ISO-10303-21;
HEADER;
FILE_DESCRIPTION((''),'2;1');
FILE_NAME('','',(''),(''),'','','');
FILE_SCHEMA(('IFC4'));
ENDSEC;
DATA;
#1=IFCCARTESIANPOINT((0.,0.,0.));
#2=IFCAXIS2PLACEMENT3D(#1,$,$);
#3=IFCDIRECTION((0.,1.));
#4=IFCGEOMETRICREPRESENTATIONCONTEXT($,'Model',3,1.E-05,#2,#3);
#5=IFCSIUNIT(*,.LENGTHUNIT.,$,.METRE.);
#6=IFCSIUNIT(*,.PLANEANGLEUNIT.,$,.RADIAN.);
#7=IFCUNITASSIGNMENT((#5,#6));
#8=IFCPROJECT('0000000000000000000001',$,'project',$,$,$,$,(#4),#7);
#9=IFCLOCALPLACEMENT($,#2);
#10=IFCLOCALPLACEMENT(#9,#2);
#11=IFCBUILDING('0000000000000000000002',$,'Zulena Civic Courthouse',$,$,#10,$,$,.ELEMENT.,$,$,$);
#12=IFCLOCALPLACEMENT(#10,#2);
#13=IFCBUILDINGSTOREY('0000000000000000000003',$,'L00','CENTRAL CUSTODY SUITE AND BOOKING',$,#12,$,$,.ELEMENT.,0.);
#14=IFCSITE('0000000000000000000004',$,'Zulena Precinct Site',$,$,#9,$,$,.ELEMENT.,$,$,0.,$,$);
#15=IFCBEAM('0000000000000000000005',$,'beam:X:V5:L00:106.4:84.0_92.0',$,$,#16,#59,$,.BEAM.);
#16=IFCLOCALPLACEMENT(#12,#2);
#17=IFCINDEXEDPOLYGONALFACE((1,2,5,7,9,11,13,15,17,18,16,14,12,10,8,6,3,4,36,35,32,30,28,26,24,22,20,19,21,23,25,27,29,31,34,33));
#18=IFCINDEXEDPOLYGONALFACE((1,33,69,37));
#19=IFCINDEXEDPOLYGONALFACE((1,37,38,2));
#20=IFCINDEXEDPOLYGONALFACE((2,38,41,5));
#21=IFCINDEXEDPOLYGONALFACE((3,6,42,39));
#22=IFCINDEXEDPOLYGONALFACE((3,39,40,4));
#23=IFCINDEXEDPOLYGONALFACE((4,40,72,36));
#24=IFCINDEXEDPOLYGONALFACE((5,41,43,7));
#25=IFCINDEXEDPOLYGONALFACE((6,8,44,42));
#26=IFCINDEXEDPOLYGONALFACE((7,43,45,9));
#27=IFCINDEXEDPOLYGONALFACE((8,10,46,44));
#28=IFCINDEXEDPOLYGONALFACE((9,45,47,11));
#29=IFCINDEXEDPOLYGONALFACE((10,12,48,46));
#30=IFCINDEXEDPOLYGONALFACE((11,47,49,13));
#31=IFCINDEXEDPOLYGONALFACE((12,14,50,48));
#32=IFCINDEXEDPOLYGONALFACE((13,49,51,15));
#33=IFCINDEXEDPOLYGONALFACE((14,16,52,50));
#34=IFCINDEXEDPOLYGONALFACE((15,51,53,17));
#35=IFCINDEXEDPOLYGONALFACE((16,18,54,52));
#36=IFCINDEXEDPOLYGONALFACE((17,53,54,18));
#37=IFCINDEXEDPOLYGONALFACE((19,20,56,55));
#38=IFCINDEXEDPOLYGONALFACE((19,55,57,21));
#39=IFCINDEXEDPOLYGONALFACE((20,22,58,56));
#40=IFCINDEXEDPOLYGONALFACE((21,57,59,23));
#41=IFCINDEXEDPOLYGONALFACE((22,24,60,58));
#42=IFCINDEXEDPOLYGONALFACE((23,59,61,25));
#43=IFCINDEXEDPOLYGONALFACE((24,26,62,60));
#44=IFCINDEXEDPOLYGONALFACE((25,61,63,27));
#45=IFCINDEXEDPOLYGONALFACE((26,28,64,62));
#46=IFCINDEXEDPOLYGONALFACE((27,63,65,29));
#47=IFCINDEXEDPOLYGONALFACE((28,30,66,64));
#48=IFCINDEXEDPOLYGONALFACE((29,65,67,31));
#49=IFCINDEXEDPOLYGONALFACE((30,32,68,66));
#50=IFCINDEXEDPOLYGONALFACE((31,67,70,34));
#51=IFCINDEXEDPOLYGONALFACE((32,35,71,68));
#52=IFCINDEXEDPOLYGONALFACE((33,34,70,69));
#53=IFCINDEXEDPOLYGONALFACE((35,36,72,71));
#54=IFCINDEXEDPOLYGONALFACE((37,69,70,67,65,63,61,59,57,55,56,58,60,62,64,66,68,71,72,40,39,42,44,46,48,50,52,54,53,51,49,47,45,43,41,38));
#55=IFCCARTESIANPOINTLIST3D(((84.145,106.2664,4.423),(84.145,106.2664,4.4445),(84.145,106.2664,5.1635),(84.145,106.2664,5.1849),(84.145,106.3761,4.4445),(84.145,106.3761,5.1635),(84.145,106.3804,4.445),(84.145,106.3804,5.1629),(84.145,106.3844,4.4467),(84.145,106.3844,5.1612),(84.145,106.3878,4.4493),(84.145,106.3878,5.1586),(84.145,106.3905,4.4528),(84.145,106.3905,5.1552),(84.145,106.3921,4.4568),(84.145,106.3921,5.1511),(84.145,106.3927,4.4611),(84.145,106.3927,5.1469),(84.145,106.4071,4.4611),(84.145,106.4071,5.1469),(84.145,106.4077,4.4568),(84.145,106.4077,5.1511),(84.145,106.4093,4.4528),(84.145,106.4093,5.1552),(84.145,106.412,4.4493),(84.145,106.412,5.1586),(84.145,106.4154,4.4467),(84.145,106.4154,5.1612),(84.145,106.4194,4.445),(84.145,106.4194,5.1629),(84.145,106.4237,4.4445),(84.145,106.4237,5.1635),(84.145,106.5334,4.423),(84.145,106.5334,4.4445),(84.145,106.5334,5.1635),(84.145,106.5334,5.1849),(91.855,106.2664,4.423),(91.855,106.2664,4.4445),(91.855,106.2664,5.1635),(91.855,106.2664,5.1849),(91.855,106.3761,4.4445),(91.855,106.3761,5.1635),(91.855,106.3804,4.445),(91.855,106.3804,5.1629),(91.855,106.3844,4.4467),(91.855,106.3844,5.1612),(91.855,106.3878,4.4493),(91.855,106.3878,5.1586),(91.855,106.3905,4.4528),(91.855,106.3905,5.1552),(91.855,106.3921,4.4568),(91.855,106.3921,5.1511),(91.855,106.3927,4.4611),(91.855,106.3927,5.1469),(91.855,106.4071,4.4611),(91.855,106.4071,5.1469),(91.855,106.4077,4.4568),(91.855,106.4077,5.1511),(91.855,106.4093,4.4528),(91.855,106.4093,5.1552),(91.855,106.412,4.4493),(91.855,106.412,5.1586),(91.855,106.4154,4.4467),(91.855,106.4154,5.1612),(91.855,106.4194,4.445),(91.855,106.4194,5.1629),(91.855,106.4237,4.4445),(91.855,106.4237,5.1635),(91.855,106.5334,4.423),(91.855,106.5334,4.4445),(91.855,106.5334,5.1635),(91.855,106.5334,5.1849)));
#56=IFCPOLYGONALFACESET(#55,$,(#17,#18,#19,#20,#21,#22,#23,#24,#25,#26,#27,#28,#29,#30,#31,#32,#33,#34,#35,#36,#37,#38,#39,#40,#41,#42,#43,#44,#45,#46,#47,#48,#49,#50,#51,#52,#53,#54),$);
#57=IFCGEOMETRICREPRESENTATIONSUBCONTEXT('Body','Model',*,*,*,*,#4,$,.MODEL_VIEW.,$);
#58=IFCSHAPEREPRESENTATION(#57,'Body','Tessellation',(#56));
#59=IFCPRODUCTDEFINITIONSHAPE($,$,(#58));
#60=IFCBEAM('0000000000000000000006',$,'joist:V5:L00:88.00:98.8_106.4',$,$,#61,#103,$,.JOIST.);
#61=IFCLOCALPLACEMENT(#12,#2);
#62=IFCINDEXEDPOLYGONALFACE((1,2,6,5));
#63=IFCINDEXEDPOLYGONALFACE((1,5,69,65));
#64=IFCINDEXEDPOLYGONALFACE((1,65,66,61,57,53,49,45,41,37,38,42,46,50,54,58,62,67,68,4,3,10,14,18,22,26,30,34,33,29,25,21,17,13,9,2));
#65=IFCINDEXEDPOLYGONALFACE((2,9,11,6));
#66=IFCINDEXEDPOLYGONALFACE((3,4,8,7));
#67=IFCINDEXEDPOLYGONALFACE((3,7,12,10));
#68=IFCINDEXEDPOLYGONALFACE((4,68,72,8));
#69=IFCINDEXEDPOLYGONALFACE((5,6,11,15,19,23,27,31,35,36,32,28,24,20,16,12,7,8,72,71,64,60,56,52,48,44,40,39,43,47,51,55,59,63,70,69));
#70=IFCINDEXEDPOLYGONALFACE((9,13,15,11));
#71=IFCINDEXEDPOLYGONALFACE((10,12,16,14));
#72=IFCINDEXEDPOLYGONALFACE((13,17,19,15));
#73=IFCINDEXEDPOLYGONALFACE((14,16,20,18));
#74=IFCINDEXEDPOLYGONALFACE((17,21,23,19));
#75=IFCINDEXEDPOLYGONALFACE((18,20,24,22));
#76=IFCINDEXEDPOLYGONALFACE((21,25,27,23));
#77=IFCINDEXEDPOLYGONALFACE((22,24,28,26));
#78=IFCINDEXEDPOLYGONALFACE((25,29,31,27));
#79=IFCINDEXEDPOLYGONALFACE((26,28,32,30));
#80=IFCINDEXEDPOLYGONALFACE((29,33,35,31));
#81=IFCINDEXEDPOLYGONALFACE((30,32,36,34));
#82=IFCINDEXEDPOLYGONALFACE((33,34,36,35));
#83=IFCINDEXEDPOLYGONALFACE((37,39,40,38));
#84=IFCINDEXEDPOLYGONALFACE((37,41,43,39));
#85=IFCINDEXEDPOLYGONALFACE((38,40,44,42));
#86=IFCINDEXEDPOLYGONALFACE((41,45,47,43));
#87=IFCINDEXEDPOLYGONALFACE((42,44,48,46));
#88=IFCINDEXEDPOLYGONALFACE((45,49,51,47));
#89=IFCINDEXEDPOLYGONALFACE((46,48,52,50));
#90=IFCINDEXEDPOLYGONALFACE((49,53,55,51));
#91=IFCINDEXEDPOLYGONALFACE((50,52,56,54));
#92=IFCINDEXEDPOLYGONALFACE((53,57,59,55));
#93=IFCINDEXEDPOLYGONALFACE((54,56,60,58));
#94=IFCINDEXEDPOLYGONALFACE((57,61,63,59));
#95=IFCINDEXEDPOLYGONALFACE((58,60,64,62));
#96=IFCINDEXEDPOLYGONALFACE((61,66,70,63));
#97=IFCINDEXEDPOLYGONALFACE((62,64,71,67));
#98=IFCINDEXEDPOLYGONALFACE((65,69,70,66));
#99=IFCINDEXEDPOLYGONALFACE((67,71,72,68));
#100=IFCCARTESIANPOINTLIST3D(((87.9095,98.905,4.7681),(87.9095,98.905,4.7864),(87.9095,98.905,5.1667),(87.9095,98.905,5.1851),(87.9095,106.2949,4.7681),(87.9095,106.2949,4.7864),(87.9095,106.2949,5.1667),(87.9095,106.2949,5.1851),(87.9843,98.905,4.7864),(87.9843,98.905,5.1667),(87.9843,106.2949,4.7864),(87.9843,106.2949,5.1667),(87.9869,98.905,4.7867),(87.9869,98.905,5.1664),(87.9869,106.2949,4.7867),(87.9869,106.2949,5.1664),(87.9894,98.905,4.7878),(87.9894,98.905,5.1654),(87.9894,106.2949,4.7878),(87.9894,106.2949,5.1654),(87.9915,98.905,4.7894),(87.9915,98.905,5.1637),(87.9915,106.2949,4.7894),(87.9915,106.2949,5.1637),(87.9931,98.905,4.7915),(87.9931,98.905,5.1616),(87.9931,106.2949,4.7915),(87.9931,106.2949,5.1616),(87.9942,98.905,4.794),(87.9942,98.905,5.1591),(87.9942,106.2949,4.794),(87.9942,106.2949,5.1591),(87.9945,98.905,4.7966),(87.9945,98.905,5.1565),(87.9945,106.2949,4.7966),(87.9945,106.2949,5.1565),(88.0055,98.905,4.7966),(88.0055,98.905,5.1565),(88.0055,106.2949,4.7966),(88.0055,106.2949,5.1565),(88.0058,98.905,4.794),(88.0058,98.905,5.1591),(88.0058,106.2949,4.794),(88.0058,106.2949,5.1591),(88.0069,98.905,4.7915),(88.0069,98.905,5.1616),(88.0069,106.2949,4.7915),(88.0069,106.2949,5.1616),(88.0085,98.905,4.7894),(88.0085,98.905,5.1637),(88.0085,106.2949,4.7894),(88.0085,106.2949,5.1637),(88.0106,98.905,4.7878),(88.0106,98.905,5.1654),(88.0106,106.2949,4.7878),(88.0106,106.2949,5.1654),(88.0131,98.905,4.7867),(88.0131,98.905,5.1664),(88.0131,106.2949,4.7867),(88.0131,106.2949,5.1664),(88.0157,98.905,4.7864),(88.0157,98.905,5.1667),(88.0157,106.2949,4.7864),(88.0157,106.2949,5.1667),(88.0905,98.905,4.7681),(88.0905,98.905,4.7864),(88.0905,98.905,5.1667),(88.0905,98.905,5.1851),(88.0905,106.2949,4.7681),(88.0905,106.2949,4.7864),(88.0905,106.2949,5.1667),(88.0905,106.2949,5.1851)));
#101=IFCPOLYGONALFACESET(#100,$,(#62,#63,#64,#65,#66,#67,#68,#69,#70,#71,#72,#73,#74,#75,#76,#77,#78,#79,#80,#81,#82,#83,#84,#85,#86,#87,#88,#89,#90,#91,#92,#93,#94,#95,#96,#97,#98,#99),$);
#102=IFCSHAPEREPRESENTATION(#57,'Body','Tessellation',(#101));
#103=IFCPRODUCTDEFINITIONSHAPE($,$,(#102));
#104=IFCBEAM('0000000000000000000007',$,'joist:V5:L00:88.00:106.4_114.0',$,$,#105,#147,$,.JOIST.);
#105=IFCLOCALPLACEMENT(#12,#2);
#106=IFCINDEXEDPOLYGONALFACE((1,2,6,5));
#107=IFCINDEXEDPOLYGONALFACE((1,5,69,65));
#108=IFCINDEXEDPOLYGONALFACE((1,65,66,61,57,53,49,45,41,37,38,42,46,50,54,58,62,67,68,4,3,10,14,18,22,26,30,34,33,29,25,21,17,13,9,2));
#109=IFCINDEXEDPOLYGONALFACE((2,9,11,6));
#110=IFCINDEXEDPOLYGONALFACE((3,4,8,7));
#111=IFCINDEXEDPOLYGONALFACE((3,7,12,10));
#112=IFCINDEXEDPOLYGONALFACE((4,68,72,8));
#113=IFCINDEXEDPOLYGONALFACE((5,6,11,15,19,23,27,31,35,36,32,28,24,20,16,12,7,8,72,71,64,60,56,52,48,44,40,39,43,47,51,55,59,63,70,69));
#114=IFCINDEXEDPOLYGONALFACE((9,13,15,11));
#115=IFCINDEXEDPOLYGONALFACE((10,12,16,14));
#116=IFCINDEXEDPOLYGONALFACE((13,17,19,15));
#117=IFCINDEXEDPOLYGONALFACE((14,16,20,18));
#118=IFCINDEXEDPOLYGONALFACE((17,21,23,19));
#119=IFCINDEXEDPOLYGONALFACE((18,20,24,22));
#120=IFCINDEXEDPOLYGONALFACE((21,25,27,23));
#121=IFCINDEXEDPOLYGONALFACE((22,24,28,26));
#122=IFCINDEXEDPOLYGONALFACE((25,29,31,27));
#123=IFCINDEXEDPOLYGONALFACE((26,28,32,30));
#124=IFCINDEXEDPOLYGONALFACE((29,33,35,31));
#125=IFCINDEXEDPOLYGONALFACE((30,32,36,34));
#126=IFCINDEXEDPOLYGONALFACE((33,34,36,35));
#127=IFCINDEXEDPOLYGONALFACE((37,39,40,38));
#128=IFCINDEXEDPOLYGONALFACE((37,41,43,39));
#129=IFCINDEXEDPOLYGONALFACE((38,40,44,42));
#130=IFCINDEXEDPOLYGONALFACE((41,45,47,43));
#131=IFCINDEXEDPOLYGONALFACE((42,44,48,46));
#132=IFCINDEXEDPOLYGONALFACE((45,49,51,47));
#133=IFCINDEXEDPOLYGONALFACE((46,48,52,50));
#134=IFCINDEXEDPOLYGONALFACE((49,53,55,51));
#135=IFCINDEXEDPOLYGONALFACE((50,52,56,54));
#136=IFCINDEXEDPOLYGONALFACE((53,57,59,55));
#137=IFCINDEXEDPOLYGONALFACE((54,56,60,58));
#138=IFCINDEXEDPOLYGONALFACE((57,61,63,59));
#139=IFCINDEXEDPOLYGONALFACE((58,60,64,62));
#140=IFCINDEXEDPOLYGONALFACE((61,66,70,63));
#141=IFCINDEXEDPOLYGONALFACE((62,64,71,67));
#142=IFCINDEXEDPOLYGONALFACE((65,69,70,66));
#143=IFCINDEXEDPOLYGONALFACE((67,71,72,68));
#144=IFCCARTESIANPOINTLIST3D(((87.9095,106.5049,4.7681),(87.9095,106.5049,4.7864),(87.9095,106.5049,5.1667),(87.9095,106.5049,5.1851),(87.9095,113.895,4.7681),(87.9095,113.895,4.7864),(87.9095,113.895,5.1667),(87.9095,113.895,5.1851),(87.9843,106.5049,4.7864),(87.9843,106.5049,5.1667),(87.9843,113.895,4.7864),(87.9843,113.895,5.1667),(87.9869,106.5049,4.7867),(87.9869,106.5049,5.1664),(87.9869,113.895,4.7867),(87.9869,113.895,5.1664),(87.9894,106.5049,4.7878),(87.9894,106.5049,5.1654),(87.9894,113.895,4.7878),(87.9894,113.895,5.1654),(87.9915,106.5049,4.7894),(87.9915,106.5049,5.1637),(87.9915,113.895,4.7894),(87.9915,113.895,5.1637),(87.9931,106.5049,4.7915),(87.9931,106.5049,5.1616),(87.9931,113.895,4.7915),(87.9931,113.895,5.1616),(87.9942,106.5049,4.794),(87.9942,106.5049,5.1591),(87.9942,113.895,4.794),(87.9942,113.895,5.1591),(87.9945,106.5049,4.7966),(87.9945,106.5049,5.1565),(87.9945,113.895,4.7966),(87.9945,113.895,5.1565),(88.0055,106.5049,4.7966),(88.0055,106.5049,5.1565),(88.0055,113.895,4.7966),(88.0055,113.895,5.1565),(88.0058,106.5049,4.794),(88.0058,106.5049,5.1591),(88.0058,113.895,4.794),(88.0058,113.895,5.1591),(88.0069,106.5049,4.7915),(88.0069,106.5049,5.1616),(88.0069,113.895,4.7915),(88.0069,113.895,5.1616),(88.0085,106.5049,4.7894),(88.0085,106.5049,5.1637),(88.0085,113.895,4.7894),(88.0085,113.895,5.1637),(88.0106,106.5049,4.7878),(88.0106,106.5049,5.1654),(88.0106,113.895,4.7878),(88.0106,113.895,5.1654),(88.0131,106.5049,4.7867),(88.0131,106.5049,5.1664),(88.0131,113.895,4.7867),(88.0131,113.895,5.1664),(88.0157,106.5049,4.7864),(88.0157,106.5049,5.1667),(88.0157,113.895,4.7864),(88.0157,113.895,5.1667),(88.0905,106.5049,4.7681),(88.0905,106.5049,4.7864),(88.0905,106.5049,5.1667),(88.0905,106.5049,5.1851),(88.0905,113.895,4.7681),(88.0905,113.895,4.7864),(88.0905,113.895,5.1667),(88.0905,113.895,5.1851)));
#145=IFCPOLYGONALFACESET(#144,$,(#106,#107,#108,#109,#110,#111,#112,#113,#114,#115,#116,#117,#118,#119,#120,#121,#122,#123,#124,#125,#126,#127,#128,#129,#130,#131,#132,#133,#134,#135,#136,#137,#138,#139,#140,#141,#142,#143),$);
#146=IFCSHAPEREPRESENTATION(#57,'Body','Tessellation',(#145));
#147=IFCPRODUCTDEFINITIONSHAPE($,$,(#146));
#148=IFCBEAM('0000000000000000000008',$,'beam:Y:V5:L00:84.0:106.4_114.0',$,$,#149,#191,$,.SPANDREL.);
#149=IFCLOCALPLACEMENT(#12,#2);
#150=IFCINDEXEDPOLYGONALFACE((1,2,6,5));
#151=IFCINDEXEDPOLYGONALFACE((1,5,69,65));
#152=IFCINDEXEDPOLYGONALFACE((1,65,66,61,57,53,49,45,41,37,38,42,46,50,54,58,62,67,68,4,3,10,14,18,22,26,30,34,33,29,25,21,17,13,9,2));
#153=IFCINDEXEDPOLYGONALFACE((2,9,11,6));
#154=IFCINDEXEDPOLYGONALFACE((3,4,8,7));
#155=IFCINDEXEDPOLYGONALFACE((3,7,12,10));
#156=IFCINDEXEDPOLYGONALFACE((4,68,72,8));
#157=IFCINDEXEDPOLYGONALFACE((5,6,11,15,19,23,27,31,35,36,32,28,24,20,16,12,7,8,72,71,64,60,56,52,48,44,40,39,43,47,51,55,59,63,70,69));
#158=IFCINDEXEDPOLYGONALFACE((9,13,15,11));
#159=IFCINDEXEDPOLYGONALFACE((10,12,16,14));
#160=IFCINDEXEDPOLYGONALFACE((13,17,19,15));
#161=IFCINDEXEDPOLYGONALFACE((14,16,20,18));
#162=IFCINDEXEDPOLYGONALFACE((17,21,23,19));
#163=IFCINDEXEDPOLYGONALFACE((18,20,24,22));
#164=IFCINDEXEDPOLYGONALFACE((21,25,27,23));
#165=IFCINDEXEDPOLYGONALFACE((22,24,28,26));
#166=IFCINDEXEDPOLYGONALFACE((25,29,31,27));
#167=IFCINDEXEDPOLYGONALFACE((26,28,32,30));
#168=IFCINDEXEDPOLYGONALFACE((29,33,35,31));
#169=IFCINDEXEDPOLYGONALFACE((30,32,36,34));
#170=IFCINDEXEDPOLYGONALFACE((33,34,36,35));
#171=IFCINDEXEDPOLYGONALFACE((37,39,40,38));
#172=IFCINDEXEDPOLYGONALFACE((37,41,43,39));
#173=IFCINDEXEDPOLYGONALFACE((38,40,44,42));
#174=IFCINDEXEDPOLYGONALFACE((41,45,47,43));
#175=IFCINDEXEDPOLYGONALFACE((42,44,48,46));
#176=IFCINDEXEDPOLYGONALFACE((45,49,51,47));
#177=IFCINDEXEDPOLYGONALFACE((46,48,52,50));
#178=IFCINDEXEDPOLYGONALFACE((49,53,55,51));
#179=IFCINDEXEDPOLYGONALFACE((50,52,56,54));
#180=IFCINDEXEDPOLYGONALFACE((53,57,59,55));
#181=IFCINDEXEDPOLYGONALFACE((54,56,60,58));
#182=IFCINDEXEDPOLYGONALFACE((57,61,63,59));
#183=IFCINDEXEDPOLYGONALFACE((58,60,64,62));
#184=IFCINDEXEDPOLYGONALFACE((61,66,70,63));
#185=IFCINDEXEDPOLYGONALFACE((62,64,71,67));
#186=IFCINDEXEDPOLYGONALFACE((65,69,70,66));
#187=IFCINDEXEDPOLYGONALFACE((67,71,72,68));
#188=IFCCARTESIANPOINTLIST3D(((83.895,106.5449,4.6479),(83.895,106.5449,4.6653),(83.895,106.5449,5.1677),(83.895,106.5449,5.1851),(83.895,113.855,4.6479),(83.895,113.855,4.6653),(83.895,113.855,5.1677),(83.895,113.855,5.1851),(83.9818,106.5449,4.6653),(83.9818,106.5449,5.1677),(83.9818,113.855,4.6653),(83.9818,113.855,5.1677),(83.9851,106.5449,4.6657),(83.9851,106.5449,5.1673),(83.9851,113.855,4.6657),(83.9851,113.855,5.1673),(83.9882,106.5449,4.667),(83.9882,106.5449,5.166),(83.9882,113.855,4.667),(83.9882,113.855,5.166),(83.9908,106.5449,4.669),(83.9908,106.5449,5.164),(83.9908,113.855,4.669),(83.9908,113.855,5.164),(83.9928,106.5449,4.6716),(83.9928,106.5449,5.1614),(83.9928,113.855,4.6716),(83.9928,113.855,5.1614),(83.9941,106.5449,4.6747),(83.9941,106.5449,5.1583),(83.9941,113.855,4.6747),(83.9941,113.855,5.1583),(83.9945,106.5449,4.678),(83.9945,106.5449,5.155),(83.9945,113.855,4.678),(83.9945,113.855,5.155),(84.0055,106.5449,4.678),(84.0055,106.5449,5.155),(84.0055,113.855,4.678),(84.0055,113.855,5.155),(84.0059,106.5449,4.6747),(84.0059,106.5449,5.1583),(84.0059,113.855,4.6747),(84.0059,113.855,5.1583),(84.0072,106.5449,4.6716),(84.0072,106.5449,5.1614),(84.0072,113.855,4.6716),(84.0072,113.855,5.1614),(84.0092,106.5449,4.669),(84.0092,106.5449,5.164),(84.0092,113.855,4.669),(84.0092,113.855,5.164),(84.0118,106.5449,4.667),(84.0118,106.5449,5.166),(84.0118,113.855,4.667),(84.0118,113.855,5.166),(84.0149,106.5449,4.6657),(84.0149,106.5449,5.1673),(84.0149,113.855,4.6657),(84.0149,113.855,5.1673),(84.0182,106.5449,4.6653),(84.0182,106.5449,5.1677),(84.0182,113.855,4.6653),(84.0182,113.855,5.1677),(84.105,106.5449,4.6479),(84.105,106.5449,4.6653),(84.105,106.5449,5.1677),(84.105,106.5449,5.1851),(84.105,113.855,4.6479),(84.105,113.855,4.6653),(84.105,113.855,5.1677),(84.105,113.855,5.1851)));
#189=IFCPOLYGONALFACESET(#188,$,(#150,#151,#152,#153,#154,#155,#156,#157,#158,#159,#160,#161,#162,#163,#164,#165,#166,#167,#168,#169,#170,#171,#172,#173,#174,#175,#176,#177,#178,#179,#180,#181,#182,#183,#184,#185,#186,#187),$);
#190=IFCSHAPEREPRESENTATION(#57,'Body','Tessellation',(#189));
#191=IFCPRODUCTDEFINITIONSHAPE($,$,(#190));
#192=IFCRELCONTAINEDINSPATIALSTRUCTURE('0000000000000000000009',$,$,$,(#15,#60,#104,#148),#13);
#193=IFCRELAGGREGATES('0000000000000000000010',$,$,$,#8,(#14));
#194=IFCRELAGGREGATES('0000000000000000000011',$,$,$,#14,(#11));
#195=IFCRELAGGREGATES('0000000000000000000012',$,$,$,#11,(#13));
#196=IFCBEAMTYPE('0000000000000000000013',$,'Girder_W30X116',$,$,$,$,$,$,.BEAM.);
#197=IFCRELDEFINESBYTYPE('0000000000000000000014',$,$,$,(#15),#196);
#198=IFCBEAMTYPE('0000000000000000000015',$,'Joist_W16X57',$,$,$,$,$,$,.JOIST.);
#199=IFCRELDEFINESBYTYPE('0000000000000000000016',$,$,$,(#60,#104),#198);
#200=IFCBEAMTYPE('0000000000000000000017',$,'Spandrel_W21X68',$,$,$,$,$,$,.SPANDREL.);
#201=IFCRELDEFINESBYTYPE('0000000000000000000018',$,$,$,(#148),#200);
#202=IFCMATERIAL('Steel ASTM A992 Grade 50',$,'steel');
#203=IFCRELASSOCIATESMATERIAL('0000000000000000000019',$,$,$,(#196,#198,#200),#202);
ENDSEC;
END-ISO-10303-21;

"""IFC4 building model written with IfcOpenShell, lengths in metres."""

from ifc_helpers import new_model, si_unit, direction, frame, origin, origin_2d, place, context, subcontext, project, spatial, i_section, extrude, material, material_profile, profile_set, type_object, element, save


model = new_model("IFC4")

# Units and contexts
model_context = context("Model", 3, precision=1e-05, world=origin(), true_north=direction((0.0, 1.0)))
body_context = subcontext(model_context, "Body", "Model", "MODEL_VIEW")
ifc_project = project(units=[si_unit("LENGTHUNIT", "METRE"), si_unit("PLANEANGLEUNIT", "RADIAN")], contexts=[model_context])

# Site, building, storey
site_placement = place(None, origin())
site = spatial("IfcSite", under=ifc_project, at=site_placement, Name="Zulena Precinct Site", CompositionType="ELEMENT", RefElevation=0.0)
building_placement = place(site_placement, origin())
building = spatial("IfcBuilding", under=site, at=building_placement, Name="Zulena Civic Courthouse", CompositionType="ELEMENT")
storey_placement = place(building_placement, origin())
storey = spatial("IfcBuildingStorey", under=building, at=storey_placement, Name="L00", Description="CENTRAL CUSTODY SUITE AND BOOKING", CompositionType="ELEMENT", Elevation=0.0)

# Shared definitions
ifc_material_1 = material(Name="Steel ASTM A992 Grade 50", Category="steel")

# Beams
ifc_material_profile_1 = material_profile(ifc_material_1, i_section(OverallWidth=0.2671, OverallDepth=0.762, WebThickness=0.0144, FlangeThickness=0.0215, FilletRadius=0.0166, at=origin_2d()), Name="W30X116")
ifc_profile_set_1 = profile_set([ifc_material_profile_1], Name="Steel ASTM A992 Grade 50")
beam_type_1 = type_object("IfcBeamType", Name="Girder_W30X116", PredefinedType="BEAM", material=ifc_profile_set_1)
for number, where, z_axis, x_axis, name in (
    (1, (84.145, 106.3999, 4.804), (1.0, 0.0, 0.0), (0.0, 1.0, 0.0), "beam:X:V5:L00:106.4:84.0_92.0"),
):
    element("IfcBeam", number, at=place(storey_placement, frame(where, z_axis=z_axis, x_axis=x_axis)), inside=storey, type_object=beam_type_1, Name=name, PredefinedType="BEAM", context=body_context, shape_type="SweptSolid", body=[
        extrude(i_section(OverallWidth=0.2671, OverallDepth=0.762, WebThickness=0.0144, FlangeThickness=0.0215, FilletRadius=0.0166, at=origin_2d()), origin(), (0.0, 0.0, 1.0), 7.71),
    ])
ifc_material_profile_2 = material_profile(ifc_material_1, i_section(OverallWidth=0.1809, OverallDepth=0.417, WebThickness=0.011, FlangeThickness=0.0183, FilletRadius=0.0103, at=origin_2d()), Name="W16X57")
ifc_profile_set_2 = profile_set([ifc_material_profile_2], Name="Steel ASTM A992 Grade 50")
beam_type_2 = type_object("IfcBeamType", Name="Joist_W16X57", PredefinedType="JOIST", material=ifc_profile_set_2)
beam_1_placement = place(storey_placement, frame((88.0, 98.905, 4.9766), z_axis=(0.0, 1.0, 0.0), x_axis=(-1.0, 0.0, 0.0)))
element("IfcBeam", 2, at=beam_1_placement, inside=storey, type_object=beam_type_2, Name="joist:V5:L00:88.00:98.8_106.4", PredefinedType="JOIST", context=body_context, shape_type="SweptSolid", body=[
    extrude(i_section(OverallWidth=0.1809, OverallDepth=0.417, WebThickness=0.011, FlangeThickness=0.0183, FilletRadius=0.0103, at=origin_2d()), origin(), (0.0, 0.0, 1.0), 7.3899),
])
beam_2_placement = place(storey_placement, frame((88.0, 106.5049, 4.9766), z_axis=(0.0, 1.0, 0.0), x_axis=(-1.0, 0.0, 0.0)))
element("IfcBeam", 3, at=beam_2_placement, inside=storey, type_object=beam_type_2, Name="joist:V5:L00:88.00:106.4_114.0", PredefinedType="JOIST", context=body_context, shape_type="SweptSolid", body=[
    extrude(i_section(OverallWidth=0.1809, OverallDepth=0.417, WebThickness=0.011, FlangeThickness=0.0183, FilletRadius=0.0103, at=origin_2d()), origin(), (0.0, 0.0, 1.0), 7.3901),
])
ifc_material_profile_3 = material_profile(ifc_material_1, i_section(OverallWidth=0.21, OverallDepth=0.5371, WebThickness=0.011, FlangeThickness=0.0173, FilletRadius=0.0127, at=origin_2d()), Name="W21X68")
ifc_profile_set_3 = profile_set([ifc_material_profile_3], Name="Steel ASTM A992 Grade 50")
beam_type_3 = type_object("IfcBeamType", Name="Spandrel_W21X68", PredefinedType="SPANDREL", material=ifc_profile_set_3)
for number, where, z_axis, x_axis, name in (
    (4, (84.0, 106.5449, 4.9165), (0.0, 1.0, 0.0), (-1.0, 0.0, 0.0), "beam:Y:V5:L00:84.0:106.4_114.0"),
):
    element("IfcBeam", number, at=place(storey_placement, frame(where, z_axis=z_axis, x_axis=x_axis)), inside=storey, type_object=beam_type_3, Name=name, PredefinedType="SPANDREL", context=body_context, shape_type="SweptSolid", body=[
        extrude(i_section(OverallWidth=0.21, OverallDepth=0.5371, WebThickness=0.011, FlangeThickness=0.0173, FilletRadius=0.0127, at=origin_2d()), origin(), (0.0, 0.0, 1.0), 7.3101),
    ])

save(model, "model.ifc")
